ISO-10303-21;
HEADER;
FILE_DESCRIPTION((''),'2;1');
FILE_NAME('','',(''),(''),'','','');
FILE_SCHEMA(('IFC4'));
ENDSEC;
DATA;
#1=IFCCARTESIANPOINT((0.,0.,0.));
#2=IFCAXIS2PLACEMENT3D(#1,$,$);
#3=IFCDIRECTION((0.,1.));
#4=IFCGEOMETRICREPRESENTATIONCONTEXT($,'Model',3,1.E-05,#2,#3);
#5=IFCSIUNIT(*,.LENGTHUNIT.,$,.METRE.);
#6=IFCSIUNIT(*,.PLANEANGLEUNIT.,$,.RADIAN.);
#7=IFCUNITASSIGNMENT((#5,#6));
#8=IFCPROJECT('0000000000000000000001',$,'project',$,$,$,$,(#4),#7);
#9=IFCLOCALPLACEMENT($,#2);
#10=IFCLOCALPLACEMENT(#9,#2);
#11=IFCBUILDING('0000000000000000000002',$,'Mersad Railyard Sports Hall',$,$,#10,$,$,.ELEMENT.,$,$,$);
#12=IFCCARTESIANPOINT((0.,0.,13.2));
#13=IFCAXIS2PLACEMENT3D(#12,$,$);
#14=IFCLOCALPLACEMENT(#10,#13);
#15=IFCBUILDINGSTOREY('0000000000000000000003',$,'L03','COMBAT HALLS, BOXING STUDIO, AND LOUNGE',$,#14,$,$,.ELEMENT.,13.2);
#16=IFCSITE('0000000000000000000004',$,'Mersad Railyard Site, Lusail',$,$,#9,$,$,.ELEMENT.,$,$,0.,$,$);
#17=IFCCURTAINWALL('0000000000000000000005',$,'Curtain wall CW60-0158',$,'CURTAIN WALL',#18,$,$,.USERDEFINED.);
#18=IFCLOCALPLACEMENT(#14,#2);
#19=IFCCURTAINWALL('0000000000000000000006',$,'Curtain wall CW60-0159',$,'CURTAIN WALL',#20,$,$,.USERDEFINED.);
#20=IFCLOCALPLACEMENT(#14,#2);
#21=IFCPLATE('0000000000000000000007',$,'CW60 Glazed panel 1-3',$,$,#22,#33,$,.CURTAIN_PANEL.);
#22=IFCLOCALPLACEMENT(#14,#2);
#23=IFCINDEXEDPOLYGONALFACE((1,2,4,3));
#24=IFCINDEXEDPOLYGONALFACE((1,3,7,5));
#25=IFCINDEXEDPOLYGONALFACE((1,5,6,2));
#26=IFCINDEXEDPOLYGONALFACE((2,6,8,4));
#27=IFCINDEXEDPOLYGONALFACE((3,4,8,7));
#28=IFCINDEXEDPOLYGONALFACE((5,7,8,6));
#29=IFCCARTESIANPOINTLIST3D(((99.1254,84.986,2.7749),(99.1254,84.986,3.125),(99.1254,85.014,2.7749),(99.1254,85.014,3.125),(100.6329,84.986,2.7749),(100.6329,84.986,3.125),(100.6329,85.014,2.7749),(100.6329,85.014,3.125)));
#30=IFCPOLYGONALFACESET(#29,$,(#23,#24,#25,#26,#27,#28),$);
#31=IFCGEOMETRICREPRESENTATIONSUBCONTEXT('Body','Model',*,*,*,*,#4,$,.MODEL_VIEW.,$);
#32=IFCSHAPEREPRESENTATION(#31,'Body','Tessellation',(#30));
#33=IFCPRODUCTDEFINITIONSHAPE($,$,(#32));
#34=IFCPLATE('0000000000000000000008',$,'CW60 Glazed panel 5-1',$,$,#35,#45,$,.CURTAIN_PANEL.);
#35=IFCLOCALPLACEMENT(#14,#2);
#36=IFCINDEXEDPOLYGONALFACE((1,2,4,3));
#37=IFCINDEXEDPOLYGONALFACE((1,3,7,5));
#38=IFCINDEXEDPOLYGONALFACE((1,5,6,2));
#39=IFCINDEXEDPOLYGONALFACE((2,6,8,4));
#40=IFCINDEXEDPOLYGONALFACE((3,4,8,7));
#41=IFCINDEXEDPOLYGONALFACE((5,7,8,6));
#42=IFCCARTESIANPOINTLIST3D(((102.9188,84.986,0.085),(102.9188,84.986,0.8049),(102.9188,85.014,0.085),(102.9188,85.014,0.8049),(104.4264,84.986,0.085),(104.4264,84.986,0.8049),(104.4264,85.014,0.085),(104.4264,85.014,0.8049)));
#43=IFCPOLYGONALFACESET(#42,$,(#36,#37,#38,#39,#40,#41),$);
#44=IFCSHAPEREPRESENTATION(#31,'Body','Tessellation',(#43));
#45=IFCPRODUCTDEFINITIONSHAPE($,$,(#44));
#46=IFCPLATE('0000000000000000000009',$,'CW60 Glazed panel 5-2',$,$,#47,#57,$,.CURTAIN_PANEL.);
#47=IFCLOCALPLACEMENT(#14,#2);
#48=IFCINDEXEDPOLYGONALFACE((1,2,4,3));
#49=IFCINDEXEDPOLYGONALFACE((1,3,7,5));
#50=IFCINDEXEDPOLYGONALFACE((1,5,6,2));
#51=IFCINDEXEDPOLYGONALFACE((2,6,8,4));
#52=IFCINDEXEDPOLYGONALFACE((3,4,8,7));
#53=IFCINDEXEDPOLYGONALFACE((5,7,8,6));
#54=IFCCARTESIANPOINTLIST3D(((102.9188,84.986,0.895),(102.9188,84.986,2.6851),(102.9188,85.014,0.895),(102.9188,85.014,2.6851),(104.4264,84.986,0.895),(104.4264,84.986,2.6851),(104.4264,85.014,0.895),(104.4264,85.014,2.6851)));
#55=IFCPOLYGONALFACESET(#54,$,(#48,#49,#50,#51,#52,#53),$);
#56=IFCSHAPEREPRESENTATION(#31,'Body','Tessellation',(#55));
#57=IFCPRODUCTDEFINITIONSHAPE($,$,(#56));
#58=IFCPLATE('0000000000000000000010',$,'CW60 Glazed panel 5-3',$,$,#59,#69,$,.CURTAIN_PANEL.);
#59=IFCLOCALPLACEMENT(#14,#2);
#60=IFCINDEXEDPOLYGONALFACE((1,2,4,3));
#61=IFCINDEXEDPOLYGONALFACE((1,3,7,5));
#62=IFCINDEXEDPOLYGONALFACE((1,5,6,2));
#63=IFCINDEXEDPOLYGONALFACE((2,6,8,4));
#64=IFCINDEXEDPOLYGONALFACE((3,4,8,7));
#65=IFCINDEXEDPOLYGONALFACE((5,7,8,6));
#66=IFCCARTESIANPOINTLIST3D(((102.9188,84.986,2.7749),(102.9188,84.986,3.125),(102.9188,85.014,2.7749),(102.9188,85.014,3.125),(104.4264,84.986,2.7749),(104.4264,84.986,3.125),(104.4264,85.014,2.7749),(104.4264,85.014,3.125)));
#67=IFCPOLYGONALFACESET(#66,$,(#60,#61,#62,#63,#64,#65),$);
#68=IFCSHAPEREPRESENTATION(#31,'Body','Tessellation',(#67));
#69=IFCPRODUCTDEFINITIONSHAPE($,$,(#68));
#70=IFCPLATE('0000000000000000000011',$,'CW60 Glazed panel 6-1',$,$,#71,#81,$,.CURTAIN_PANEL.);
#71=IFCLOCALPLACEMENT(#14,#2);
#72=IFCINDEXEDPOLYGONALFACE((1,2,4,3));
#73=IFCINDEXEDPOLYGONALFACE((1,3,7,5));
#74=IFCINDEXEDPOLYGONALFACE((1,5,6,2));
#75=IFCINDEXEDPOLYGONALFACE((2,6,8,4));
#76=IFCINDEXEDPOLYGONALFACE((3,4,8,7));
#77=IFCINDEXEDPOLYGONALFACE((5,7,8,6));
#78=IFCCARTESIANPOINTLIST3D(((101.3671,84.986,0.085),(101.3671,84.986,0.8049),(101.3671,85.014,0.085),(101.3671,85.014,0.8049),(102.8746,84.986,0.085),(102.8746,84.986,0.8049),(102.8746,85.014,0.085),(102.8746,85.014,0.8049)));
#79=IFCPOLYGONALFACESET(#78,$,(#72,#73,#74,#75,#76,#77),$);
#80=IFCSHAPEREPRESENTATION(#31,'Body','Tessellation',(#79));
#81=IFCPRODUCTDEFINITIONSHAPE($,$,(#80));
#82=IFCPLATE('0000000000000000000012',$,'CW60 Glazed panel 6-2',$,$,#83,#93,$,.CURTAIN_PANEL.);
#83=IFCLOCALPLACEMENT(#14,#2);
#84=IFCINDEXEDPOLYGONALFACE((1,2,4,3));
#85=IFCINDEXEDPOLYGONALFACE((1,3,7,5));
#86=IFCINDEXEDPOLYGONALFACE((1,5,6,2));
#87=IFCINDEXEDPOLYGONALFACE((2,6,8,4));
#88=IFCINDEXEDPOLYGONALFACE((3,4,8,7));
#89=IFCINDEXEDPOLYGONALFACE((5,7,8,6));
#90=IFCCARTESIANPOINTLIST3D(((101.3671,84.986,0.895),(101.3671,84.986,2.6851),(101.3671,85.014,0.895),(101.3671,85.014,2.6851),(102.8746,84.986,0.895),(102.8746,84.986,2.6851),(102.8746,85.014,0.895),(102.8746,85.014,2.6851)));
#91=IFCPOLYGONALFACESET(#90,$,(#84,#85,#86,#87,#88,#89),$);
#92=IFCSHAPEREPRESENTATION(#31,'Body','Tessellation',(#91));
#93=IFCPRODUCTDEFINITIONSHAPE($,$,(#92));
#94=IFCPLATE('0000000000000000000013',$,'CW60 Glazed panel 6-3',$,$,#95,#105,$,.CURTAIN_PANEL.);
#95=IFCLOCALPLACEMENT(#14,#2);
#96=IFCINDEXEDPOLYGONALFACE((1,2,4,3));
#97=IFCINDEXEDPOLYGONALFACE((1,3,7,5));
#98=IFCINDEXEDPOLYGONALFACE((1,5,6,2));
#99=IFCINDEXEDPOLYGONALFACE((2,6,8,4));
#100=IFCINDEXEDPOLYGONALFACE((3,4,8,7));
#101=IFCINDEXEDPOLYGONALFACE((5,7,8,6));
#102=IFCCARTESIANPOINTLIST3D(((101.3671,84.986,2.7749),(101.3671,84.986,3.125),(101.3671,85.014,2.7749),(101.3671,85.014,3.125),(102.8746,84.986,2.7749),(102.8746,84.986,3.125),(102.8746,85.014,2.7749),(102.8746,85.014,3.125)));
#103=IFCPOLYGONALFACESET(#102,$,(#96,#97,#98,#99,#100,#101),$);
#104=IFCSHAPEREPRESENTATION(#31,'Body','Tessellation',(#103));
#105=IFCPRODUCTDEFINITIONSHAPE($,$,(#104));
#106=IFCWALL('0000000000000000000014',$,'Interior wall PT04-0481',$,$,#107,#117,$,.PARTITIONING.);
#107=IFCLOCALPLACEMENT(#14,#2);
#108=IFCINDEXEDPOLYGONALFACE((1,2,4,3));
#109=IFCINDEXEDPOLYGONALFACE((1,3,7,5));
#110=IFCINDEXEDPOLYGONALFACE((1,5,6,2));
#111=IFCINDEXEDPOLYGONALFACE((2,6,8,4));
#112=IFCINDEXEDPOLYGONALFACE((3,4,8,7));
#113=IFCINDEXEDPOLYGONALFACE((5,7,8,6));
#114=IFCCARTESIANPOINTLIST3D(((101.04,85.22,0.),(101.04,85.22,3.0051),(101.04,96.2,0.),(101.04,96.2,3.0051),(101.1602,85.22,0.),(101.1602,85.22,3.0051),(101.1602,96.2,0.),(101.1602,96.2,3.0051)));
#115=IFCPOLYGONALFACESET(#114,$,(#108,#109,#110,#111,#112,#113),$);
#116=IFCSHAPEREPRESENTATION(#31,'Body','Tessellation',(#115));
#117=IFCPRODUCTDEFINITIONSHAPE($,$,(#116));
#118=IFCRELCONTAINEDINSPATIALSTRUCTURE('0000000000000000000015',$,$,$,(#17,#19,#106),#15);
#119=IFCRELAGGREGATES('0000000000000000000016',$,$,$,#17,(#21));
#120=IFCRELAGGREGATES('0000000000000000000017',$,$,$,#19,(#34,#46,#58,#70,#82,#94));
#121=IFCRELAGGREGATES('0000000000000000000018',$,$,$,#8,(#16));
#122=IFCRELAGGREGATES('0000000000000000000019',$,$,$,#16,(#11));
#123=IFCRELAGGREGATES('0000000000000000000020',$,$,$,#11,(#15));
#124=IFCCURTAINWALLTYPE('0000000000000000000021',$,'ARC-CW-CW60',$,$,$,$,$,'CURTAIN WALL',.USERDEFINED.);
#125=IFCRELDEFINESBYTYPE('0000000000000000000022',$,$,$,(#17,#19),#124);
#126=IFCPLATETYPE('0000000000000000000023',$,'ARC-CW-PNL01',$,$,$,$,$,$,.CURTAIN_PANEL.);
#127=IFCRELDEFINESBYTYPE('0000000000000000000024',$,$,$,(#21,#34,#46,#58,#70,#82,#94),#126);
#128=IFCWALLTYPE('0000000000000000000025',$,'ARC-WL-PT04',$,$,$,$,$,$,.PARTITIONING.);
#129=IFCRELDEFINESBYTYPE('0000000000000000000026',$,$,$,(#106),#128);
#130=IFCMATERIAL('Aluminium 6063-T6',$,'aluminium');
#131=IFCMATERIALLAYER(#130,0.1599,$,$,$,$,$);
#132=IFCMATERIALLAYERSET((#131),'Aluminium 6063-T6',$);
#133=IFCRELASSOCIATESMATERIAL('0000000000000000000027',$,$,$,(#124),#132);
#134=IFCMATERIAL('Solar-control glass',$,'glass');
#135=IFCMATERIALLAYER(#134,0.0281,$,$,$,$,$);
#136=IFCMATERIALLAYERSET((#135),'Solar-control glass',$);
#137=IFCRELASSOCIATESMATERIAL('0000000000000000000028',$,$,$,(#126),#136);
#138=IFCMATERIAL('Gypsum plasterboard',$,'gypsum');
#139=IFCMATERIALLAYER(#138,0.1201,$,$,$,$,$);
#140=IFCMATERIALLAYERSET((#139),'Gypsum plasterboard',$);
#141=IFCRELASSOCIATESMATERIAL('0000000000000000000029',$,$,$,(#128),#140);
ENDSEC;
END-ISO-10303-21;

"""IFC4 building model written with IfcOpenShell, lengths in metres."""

from ifc_helpers import new_model, si_unit, direction, frame, frame_2d, origin, origin_2d, place, context, subcontext, project, spatial, rectangle, extrude, material, layer, layer_set, type_object, element, aggregate, save


model = new_model("IFC4")

# Units and contexts
model_context = context("Model", 3, precision=1e-05, world=origin(), true_north=direction((0.0, 1.0)))
body_context = subcontext(model_context, "Body", "Model", "MODEL_VIEW")
ifc_project = project(units=[si_unit("LENGTHUNIT", "METRE"), si_unit("PLANEANGLEUNIT", "RADIAN")], contexts=[model_context])

# Site, building, storey
site_placement = place(None, origin())
site = spatial("IfcSite", under=ifc_project, at=site_placement, Name="Mersad Railyard Site, Lusail", CompositionType="ELEMENT", RefElevation=0.0)
building_placement = place(site_placement, origin())
building = spatial("IfcBuilding", under=site, at=building_placement, Name="Mersad Railyard Sports Hall", CompositionType="ELEMENT")
storey_placement = place(building_placement, frame((0.0, 0.0, 13.2)))
storey = spatial("IfcBuildingStorey", under=building, at=storey_placement, Name="L03", Description="COMBAT HALLS, BOXING STUDIO, AND LOUNGE", CompositionType="ELEMENT", Elevation=13.2)

# Curtain walls
ifc_material_1 = material(Name="Aluminium 6063-T6", Category="aluminium")
ifc_layer_1 = layer(ifc_material_1, 0.1599)
ifc_layer_set_1 = layer_set([ifc_layer_1], Name="Aluminium 6063-T6")
curtain_wall_type = type_object("IfcCurtainWallType", Name="ARC-CW-CW60", ElementType="CURTAIN WALL", PredefinedType="USERDEFINED", material=ifc_layer_set_1)
curtain_wall_1_placement = place(storey_placement, origin())
curtain_wall_1 = element("IfcCurtainWall", 1, at=curtain_wall_1_placement, inside=storey, type_object=curtain_wall_type, Name="Curtain wall CW60-0158", ObjectType="CURTAIN WALL", PredefinedType="USERDEFINED")
curtain_wall_2_placement = place(storey_placement, origin())
curtain_wall_2 = element("IfcCurtainWall", 2, at=curtain_wall_2_placement, inside=storey, type_object=curtain_wall_type, Name="Curtain wall CW60-0159", ObjectType="CURTAIN WALL", PredefinedType="USERDEFINED")

# Plates
ifc_material_2 = material(Name="Solar-control glass", Category="glass")
ifc_layer_2 = layer(ifc_material_2, 0.0281)
ifc_layer_set_2 = layer_set([ifc_layer_2], Name="Solar-control glass")
plate_type = type_object("IfcPlateType", Name="ARC-CW-PNL01", PredefinedType="CURTAIN_PANEL", material=ifc_layer_set_2)
plate_1_placement = place(storey_placement, frame((99.8792, 85.0, 2.7749), z_axis=(0.0, 0.0, 1.0), x_axis=(-1.0, 0.0, 0.0)))
plate_1 = element("IfcPlate", 3, at=plate_1_placement, type_object=plate_type, Name="CW60 Glazed panel 1-3", PredefinedType="CURTAIN_PANEL", context=body_context, shape_type="SweptSolid", body=[
    extrude(rectangle(XDim=1.5076, YDim=0.0281, at=origin_2d()), origin(), (0.0, 0.0, 1.0), 0.3501),
])
aggregate(curtain_wall_1, [plate_1])
plate_2_placement = place(storey_placement, frame((103.6726, 85.0, 0.085), z_axis=(0.0, 0.0, 1.0), x_axis=(-1.0, 0.0, 0.0)))
plate_2 = element("IfcPlate", 4, at=plate_2_placement, type_object=plate_type, Name="CW60 Glazed panel 5-1", PredefinedType="CURTAIN_PANEL", context=body_context, shape_type="SweptSolid", body=[
    extrude(rectangle(XDim=1.5076, YDim=0.0281, at=origin_2d()), origin(), (0.0, 0.0, 1.0), 0.72),
])
plate_3_placement = place(storey_placement, frame((103.6726, 85.0, 0.895), z_axis=(0.0, 0.0, 1.0), x_axis=(-1.0, 0.0, 0.0)))
plate_3 = element("IfcPlate", 5, at=plate_3_placement, type_object=plate_type, Name="CW60 Glazed panel 5-2", PredefinedType="CURTAIN_PANEL", context=body_context, shape_type="SweptSolid", body=[
    extrude(rectangle(XDim=1.5076, YDim=0.0281, at=origin_2d()), origin(), (0.0, 0.0, 1.0), 1.79),
])
plate_4_placement = place(storey_placement, frame((103.6726, 85.0, 2.7749), z_axis=(0.0, 0.0, 1.0), x_axis=(-1.0, 0.0, 0.0)))
plate_4 = element("IfcPlate", 6, at=plate_4_placement, type_object=plate_type, Name="CW60 Glazed panel 5-3", PredefinedType="CURTAIN_PANEL", context=body_context, shape_type="SweptSolid", body=[
    extrude(rectangle(XDim=1.5076, YDim=0.0281, at=origin_2d()), origin(), (0.0, 0.0, 1.0), 0.3501),
])
plate_5_placement = place(storey_placement, frame((102.1208, 85.0, 0.085), z_axis=(0.0, 0.0, 1.0), x_axis=(-1.0, 0.0, 0.0)))
plate_5 = element("IfcPlate", 7, at=plate_5_placement, type_object=plate_type, Name="CW60 Glazed panel 6-1", PredefinedType="CURTAIN_PANEL", context=body_context, shape_type="SweptSolid", body=[
    extrude(rectangle(XDim=1.5076, YDim=0.0281, at=origin_2d()), origin(), (0.0, 0.0, 1.0), 0.72),
])
plate_6_placement = place(storey_placement, frame((102.1208, 85.0, 0.895), z_axis=(0.0, 0.0, 1.0), x_axis=(-1.0, 0.0, 0.0)))
plate_6 = element("IfcPlate", 8, at=plate_6_placement, type_object=plate_type, Name="CW60 Glazed panel 6-2", PredefinedType="CURTAIN_PANEL", context=body_context, shape_type="SweptSolid", body=[
    extrude(rectangle(XDim=1.5076, YDim=0.0281, at=origin_2d()), origin(), (0.0, 0.0, 1.0), 1.79),
])
plate_7_placement = place(storey_placement, frame((102.1208, 85.0, 2.7749), z_axis=(0.0, 0.0, 1.0), x_axis=(-1.0, 0.0, 0.0)))
plate_7 = element("IfcPlate", 9, at=plate_7_placement, type_object=plate_type, Name="CW60 Glazed panel 6-3", PredefinedType="CURTAIN_PANEL", context=body_context, shape_type="SweptSolid", body=[
    extrude(rectangle(XDim=1.5076, YDim=0.0281, at=origin_2d()), origin(), (0.0, 0.0, 1.0), 0.3501),
])
aggregate(curtain_wall_2, [plate_2, plate_3, plate_4, plate_5, plate_6, plate_7])

# Wall
ifc_material_3 = material(Name="Gypsum plasterboard", Category="gypsum")
ifc_layer_3 = layer(ifc_material_3, 0.1201)
ifc_layer_set_3 = layer_set([ifc_layer_3], Name="Gypsum plasterboard")
wall_type = type_object("IfcWallType", Name="ARC-WL-PT04", PredefinedType="PARTITIONING", material=ifc_layer_set_3)
wall_placement = place(storey_placement, frame((101.1001, 85.22, 0.0), z_axis=(0.0, 0.0, 1.0), x_axis=(0.0, 1.0, 0.0)))
element("IfcWall", 10, at=wall_placement, inside=storey, type_object=wall_type, Name="Interior wall PT04-0481", PredefinedType="PARTITIONING", context=body_context, shape_type="SweptSolid", body=[
    extrude(rectangle(XDim=10.98, YDim=0.1201, at=frame_2d((5.49, 0.0))), origin(), (0.0, 0.0, 1.0), 3.0051),
])

save(model, "model.ifc")
